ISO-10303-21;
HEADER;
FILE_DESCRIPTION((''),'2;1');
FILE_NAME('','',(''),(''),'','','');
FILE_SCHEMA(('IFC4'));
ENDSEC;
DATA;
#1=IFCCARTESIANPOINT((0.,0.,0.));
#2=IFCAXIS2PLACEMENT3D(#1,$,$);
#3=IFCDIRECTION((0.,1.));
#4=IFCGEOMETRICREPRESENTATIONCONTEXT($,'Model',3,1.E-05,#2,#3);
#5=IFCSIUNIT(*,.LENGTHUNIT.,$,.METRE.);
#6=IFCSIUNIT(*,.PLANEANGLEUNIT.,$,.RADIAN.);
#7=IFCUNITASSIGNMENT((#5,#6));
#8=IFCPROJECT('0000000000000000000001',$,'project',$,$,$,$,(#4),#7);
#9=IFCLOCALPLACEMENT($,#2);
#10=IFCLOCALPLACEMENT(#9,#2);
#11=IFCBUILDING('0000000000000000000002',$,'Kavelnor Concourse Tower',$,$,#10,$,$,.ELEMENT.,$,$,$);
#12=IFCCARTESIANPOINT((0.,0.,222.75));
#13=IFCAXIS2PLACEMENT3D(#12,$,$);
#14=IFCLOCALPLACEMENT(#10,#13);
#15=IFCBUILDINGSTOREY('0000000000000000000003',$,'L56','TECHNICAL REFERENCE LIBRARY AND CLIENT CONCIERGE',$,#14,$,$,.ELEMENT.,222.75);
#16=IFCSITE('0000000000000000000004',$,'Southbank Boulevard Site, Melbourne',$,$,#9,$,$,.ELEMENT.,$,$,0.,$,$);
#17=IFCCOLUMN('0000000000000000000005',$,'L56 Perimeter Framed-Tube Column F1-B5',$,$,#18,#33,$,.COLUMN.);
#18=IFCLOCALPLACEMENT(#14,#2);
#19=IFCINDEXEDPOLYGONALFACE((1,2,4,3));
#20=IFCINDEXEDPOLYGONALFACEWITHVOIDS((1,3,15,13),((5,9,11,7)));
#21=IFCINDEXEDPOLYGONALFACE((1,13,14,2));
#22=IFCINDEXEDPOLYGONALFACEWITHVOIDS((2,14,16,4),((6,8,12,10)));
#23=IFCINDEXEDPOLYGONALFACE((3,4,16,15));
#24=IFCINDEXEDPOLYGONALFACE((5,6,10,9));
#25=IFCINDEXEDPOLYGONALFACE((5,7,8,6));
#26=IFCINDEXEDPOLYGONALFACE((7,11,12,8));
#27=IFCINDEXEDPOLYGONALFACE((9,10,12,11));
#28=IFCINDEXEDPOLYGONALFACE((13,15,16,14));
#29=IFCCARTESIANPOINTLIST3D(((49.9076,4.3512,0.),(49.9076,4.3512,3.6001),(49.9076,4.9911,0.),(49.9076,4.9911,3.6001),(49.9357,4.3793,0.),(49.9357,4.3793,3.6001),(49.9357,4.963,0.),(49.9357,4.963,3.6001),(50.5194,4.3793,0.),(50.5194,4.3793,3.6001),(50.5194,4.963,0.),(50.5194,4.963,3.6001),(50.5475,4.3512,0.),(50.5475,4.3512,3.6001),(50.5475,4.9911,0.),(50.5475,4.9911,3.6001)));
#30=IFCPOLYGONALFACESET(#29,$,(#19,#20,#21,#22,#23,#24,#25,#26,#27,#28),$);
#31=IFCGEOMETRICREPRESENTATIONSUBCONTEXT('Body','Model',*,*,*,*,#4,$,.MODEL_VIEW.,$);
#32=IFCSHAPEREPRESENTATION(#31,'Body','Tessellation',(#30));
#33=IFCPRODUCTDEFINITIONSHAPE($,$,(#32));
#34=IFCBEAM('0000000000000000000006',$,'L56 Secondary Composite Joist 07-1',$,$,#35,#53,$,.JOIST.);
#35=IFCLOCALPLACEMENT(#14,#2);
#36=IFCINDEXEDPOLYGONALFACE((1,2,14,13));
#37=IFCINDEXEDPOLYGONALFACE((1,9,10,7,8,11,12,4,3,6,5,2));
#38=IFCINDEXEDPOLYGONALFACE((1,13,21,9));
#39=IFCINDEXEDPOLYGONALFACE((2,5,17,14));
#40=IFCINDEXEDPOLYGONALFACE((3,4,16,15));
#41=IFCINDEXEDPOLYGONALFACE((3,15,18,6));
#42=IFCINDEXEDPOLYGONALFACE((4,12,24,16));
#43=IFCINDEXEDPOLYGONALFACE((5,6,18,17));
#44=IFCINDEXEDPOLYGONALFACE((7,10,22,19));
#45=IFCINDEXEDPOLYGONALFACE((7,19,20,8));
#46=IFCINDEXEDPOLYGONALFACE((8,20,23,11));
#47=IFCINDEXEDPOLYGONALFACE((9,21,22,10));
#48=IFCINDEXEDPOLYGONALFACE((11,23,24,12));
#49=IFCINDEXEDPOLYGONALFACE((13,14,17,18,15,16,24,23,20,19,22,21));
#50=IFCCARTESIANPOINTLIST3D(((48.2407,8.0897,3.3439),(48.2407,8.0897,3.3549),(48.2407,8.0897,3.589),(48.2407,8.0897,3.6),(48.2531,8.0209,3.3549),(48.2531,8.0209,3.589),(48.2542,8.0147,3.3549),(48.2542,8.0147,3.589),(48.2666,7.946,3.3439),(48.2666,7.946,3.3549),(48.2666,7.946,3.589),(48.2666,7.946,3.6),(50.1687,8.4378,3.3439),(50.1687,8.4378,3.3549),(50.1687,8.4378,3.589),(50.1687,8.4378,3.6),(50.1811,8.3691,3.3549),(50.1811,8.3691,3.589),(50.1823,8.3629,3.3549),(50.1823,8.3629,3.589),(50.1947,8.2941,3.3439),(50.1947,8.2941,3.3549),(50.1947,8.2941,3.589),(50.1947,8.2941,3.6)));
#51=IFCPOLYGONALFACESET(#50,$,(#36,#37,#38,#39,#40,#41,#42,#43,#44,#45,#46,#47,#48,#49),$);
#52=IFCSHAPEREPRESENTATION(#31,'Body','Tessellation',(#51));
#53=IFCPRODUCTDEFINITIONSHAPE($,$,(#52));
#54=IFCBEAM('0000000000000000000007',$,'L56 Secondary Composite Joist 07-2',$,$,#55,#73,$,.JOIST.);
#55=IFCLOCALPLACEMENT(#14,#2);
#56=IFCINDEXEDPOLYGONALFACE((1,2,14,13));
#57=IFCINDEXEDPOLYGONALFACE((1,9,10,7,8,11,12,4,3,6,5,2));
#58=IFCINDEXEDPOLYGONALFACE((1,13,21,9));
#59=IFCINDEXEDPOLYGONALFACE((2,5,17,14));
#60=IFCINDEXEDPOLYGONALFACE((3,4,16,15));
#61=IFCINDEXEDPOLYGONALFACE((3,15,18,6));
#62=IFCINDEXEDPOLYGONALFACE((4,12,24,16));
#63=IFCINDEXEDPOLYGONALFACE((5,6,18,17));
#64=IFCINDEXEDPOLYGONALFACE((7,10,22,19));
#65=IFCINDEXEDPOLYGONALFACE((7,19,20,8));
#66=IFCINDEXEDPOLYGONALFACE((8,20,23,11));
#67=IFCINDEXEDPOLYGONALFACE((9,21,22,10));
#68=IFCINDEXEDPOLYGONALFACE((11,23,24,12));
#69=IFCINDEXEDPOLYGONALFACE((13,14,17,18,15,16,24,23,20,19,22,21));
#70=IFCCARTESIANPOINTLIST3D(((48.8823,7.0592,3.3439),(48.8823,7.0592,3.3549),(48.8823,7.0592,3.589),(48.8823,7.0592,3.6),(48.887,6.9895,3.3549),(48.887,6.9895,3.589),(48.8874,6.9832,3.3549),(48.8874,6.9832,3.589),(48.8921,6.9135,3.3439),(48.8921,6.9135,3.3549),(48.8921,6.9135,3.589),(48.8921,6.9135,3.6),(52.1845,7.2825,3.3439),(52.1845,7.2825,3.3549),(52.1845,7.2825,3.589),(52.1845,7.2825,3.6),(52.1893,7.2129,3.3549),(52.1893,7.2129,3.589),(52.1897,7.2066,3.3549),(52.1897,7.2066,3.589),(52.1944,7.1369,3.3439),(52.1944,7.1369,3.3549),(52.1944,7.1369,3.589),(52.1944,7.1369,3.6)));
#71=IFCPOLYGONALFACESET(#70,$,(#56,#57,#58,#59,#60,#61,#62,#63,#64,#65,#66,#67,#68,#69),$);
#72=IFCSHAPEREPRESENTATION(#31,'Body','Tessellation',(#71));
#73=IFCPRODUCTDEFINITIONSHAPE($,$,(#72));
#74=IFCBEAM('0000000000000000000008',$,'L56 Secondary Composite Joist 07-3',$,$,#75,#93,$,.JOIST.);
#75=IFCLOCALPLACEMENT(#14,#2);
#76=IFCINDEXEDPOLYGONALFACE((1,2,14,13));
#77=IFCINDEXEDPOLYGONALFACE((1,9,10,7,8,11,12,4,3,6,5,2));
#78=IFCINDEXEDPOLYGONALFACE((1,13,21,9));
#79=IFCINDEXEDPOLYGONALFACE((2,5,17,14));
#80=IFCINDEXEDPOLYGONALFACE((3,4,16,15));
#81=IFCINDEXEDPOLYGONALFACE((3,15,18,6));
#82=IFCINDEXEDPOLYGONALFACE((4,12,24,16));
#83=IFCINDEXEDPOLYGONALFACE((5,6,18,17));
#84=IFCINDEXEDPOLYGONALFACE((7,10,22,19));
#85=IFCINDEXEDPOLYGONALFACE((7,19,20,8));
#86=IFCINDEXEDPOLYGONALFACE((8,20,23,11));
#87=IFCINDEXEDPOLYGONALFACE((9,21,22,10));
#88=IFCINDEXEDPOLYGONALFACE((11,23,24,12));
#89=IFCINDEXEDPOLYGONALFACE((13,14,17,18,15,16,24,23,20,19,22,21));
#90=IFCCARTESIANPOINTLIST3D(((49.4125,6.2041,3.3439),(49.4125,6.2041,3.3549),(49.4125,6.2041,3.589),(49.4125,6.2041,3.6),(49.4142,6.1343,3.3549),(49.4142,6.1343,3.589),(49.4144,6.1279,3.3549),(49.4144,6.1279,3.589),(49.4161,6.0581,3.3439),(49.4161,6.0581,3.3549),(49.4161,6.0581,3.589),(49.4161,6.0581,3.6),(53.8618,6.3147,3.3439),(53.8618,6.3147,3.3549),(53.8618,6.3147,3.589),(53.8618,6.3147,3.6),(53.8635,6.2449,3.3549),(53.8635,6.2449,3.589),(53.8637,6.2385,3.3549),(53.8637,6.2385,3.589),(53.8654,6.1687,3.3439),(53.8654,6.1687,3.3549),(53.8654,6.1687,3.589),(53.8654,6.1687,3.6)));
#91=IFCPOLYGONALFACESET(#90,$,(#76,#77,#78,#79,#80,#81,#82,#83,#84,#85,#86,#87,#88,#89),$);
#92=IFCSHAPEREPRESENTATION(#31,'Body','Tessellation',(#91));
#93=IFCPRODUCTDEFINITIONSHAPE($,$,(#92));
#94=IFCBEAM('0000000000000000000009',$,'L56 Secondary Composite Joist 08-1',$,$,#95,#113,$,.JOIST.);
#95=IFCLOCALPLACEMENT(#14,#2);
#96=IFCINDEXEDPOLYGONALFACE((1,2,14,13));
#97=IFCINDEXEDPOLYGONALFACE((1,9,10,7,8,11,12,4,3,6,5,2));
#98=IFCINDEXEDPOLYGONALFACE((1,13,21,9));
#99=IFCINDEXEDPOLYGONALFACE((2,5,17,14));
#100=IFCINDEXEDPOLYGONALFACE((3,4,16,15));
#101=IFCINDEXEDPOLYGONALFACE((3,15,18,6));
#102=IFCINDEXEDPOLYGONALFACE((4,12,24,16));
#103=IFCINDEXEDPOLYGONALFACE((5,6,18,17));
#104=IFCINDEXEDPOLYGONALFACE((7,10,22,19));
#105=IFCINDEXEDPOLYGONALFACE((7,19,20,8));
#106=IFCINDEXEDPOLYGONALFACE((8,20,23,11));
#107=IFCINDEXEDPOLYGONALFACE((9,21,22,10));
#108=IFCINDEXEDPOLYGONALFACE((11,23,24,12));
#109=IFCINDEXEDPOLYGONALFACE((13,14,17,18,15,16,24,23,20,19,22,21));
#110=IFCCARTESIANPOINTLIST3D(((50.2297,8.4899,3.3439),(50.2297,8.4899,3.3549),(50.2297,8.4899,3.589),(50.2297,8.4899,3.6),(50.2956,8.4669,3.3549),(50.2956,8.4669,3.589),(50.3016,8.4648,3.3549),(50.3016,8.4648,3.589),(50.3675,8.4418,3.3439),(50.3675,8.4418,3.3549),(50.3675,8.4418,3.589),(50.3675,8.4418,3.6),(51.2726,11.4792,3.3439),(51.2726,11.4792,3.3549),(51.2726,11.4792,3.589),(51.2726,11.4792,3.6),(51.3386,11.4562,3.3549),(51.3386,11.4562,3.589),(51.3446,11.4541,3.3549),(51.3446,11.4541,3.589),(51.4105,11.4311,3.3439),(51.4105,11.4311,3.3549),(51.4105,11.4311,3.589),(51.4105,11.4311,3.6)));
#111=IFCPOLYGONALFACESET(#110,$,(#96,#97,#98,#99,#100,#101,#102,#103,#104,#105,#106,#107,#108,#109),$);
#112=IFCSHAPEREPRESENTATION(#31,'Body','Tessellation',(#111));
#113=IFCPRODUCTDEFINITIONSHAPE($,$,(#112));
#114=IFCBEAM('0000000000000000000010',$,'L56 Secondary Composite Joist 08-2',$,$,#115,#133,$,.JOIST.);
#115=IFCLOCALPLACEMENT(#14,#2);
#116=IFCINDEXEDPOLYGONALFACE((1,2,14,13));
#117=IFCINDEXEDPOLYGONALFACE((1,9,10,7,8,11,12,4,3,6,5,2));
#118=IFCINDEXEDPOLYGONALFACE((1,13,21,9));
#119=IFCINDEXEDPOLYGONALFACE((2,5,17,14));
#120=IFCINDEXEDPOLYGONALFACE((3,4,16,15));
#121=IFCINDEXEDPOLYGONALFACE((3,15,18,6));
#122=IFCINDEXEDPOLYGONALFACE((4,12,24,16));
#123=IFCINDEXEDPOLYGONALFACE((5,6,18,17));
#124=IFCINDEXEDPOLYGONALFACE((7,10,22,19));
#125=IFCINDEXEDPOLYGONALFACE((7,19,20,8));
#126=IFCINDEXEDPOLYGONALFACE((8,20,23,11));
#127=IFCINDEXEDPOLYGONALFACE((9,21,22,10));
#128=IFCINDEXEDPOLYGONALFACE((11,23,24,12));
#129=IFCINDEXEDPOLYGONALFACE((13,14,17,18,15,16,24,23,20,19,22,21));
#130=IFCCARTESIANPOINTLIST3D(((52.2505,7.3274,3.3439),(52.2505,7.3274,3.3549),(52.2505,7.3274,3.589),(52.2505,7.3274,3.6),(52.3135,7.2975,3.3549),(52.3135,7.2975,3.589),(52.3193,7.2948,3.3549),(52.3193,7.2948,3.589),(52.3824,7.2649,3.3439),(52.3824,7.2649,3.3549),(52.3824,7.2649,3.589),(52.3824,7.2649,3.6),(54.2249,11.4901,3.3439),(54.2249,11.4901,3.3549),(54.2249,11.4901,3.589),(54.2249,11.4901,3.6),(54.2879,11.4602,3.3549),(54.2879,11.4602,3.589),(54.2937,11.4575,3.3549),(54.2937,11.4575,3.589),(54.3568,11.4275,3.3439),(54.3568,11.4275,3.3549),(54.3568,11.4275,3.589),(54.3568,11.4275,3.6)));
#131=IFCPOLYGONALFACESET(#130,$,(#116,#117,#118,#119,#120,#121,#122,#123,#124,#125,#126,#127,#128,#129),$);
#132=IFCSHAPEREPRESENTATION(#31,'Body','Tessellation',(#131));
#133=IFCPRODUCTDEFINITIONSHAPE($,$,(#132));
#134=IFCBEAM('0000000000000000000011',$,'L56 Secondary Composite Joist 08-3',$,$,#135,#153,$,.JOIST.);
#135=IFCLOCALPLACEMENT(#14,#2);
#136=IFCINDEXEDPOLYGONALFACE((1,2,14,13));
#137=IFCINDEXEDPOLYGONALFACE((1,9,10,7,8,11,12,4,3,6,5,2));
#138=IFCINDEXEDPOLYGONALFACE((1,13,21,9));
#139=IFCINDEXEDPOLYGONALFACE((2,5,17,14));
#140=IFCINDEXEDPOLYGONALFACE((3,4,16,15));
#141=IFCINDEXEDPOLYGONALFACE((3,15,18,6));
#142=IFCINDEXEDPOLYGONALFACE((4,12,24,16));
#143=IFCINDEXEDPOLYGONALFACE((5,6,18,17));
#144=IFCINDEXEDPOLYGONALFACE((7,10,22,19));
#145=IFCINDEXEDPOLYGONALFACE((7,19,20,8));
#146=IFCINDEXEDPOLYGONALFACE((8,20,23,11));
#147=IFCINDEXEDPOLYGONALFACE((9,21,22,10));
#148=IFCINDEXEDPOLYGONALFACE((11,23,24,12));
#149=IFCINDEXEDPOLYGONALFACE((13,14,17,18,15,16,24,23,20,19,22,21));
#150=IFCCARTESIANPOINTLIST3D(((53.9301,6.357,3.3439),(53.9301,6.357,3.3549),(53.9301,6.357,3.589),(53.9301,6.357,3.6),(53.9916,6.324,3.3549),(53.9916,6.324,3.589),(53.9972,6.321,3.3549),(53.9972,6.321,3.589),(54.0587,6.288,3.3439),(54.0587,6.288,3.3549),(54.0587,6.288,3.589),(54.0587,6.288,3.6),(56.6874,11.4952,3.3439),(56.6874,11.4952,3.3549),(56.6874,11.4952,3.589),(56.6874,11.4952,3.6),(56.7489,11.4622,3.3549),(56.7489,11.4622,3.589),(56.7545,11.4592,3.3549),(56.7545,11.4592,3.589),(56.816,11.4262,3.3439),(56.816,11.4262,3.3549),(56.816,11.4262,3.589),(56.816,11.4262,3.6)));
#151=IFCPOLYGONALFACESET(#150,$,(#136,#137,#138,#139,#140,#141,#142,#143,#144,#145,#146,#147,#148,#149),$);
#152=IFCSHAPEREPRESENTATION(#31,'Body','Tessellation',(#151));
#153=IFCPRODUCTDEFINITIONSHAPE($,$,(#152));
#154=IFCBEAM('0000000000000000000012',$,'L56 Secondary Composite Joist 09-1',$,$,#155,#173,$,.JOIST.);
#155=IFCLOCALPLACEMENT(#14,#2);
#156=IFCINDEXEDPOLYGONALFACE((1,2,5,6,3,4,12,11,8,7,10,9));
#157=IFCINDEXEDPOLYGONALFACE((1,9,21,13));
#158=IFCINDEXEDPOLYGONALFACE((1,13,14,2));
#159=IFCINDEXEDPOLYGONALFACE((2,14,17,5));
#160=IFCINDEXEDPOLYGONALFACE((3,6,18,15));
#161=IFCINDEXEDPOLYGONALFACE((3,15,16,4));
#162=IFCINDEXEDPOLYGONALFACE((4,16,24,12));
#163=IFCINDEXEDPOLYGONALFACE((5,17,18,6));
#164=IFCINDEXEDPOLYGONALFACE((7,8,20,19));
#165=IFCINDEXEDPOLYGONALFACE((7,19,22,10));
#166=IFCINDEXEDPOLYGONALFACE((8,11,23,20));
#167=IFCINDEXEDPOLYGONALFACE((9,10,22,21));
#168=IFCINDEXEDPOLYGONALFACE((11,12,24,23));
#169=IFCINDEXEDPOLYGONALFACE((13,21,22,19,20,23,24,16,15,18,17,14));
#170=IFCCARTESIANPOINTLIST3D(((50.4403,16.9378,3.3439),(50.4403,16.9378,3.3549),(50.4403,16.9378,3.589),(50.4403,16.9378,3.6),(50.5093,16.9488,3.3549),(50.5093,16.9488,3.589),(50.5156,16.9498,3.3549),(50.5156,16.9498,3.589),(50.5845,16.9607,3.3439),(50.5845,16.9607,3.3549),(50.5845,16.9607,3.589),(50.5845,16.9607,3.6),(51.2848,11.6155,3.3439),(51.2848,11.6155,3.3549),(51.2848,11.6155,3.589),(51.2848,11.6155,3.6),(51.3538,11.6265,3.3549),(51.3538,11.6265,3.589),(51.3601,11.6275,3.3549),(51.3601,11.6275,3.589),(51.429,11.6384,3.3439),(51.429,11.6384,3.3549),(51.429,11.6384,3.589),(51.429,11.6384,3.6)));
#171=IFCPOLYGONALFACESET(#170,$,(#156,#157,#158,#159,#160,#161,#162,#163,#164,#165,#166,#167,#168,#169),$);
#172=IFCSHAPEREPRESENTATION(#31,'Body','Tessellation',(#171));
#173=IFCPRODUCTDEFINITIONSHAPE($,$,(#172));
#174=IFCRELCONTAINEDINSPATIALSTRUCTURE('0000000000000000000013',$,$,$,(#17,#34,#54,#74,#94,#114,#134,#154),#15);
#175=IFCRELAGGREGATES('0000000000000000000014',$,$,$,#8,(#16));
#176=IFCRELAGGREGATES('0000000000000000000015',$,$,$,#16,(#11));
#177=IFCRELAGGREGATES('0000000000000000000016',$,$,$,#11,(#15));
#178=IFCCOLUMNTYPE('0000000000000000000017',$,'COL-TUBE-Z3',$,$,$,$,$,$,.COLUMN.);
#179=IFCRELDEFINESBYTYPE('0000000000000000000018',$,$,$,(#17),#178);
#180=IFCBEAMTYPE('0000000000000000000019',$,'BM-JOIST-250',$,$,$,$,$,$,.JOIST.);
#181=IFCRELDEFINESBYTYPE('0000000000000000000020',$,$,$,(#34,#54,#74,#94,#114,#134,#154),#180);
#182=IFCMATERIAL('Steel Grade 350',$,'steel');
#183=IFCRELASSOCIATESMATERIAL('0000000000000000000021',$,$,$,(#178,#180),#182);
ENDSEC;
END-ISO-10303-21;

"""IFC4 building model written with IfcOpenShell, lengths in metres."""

from ifc_helpers import new_model, si_unit, direction, frame, origin, origin_2d, place, context, subcontext, project, spatial, hollow_rectangle, i_section, extrude, material, material_profile, profile_set, type_object, element, save


model = new_model("IFC4")

# Units and contexts
model_context = context("Model", 3, precision=1e-05, world=origin(), true_north=direction((0.0, 1.0)))
body_context = subcontext(model_context, "Body", "Model", "MODEL_VIEW")
ifc_project = project(units=[si_unit("LENGTHUNIT", "METRE"), si_unit("PLANEANGLEUNIT", "RADIAN")], contexts=[model_context])

# Site, building, storey
site_placement = place(None, origin())
site = spatial("IfcSite", under=ifc_project, at=site_placement, Name="Southbank Boulevard Site, Melbourne", CompositionType="ELEMENT", RefElevation=0.0)
building_placement = place(site_placement, origin())
building = spatial("IfcBuilding", under=site, at=building_placement, Name="Kavelnor Concourse Tower", CompositionType="ELEMENT")
storey_placement = place(building_placement, frame((0.0, 0.0, 222.75)))
storey = spatial("IfcBuildingStorey", under=building, at=storey_placement, Name="L56", Description="TECHNICAL REFERENCE LIBRARY AND CLIENT CONCIERGE", CompositionType="ELEMENT", Elevation=222.75)

# Column
ifc_material_1 = material(Name="Steel Grade 350", Category="steel")
ifc_material_profile_1 = material_profile(ifc_material_1, hollow_rectangle(XDim=0.6399, YDim=0.6399, WallThickness=0.0281, at=origin_2d()), Name="SHS 640x640x28")
ifc_profile_set_1 = profile_set([ifc_material_profile_1], Name="Steel Grade 350")
column_type = type_object("IfcColumnType", Name="COL-TUBE-Z3", PredefinedType="COLUMN", material=ifc_profile_set_1)
column_placement = place(storey_placement, frame((50.2275, 4.6711, 0.0), z_axis=(0.0, 0.0, 1.0), x_axis=(1.0, 0.0, 0.0)))
element("IfcColumn", 1, at=column_placement, inside=storey, type_object=column_type, Name="L56 Perimeter Framed-Tube Column F1-B5", PredefinedType="COLUMN", context=body_context, shape_type="SweptSolid", body=[
    extrude(hollow_rectangle(XDim=0.6399, YDim=0.6399, WallThickness=0.0281, at=origin_2d()), origin(), (0.0, 0.0, 1.0), 3.6001),
])

# Beams
ifc_material_profile_2 = material_profile(ifc_material_1, i_section(OverallWidth=0.146, OverallDepth=0.2561, WebThickness=0.0063, FlangeThickness=0.011, at=origin_2d()), Name="250UB37")
ifc_profile_set_2 = profile_set([ifc_material_profile_2], Name="Steel Grade 350")
beam_type_1 = type_object("IfcBeamType", Name="BM-JOIST-250", PredefinedType="JOIST", material=ifc_profile_set_2)
beam_1_placement = place(storey_placement, frame((48.2537, 8.0178, 3.4719), z_axis=(0.984085, 0.177701, 0.0), x_axis=(-0.177701, 0.984085, 0.0)))
element("IfcBeam", 2, at=beam_1_placement, inside=storey, type_object=beam_type_1, Name="L56 Secondary Composite Joist 07-1", PredefinedType="JOIST", context=body_context, shape_type="SweptSolid", body=[
    extrude(i_section(OverallWidth=0.146, OverallDepth=0.2561, WebThickness=0.0063, FlangeThickness=0.011, at=origin_2d()), origin(), (0.0, 0.0, 1.0), 1.9592),
])
beam_2_placement = place(storey_placement, frame((48.8872, 6.9863, 3.4719), z_axis=(0.99772, 0.067493, 0.0), x_axis=(-0.067493, 0.99772, 0.0)))
element("IfcBeam", 3, at=beam_2_placement, inside=storey, type_object=beam_type_1, Name="L56 Secondary Composite Joist 07-2", PredefinedType="JOIST", context=body_context, shape_type="SweptSolid", body=[
    extrude(i_section(OverallWidth=0.146, OverallDepth=0.2561, WebThickness=0.0063, FlangeThickness=0.011, at=origin_2d()), origin(), (0.0, 0.0, 1.0), 3.3098),
])
beam_3_placement = place(storey_placement, frame((49.4143, 6.1311, 3.4719), z_axis=(0.999691, 0.02485, 0.0), x_axis=(-0.02485, 0.999691, 0.0)))
element("IfcBeam", 4, at=beam_3_placement, inside=storey, type_object=beam_type_1, Name="L56 Secondary Composite Joist 07-3", PredefinedType="JOIST", context=body_context, shape_type="SweptSolid", body=[
    extrude(i_section(OverallWidth=0.146, OverallDepth=0.2561, WebThickness=0.0063, FlangeThickness=0.011, at=origin_2d()), origin(), (0.0, 0.0, 1.0), 4.4507),
])
beam_4_placement = place(storey_placement, frame((50.2986, 8.4658, 3.4719), z_axis=(0.32943, 0.94418, 0.0), x_axis=(-0.94418, 0.32943, 0.0)))
element("IfcBeam", 5, at=beam_4_placement, inside=storey, type_object=beam_type_1, Name="L56 Secondary Composite Joist 08-1", PredefinedType="JOIST", context=body_context, shape_type="SweptSolid", body=[
    extrude(i_section(OverallWidth=0.146, OverallDepth=0.2561, WebThickness=0.0063, FlangeThickness=0.011, at=origin_2d()), origin(), (0.0, 0.0, 1.0), 3.166),
])
beam_5_placement = place(storey_placement, frame((52.3164, 7.2961, 3.4719), z_axis=(0.428549, 0.903519, 0.0), x_axis=(-0.903519, 0.428549, 0.0)))
element("IfcBeam", 6, at=beam_5_placement, inside=storey, type_object=beam_type_1, Name="L56 Secondary Composite Joist 08-2", PredefinedType="JOIST", context=body_context, shape_type="SweptSolid", body=[
    extrude(i_section(OverallWidth=0.146, OverallDepth=0.2561, WebThickness=0.0063, FlangeThickness=0.011, at=origin_2d()), origin(), (0.0, 0.0, 1.0), 4.6072),
])
beam_6_placement = place(storey_placement, frame((53.9944, 6.3225, 3.4719), z_axis=(0.472851, 0.881142, 0.0), x_axis=(-0.881142, 0.472851, 0.0)))
element("IfcBeam", 7, at=beam_6_placement, inside=storey, type_object=beam_type_1, Name="L56 Secondary Composite Joist 08-3", PredefinedType="JOIST", context=body_context, shape_type="SweptSolid", body=[
    extrude(i_section(OverallWidth=0.146, OverallDepth=0.2561, WebThickness=0.0063, FlangeThickness=0.011, at=origin_2d()), origin(), (0.0, 0.0, 1.0), 5.8313),
])
beam_7_placement = place(storey_placement, frame((51.3569, 11.627, 3.4719), z_axis=(-0.156709, 0.987645, 0.0), x_axis=(-0.987645, -0.156709, 0.0)))
element("IfcBeam", 8, at=beam_7_placement, inside=storey, type_object=beam_type_1, Name="L56 Secondary Composite Joist 09-1", PredefinedType="JOIST", context=body_context, shape_type="SweptSolid", body=[
    extrude(i_section(OverallWidth=0.146, OverallDepth=0.2561, WebThickness=0.0063, FlangeThickness=0.011, at=origin_2d()), origin(), (0.0, 0.0, 1.0), 5.3889),
])

save(model, "model.ifc")
